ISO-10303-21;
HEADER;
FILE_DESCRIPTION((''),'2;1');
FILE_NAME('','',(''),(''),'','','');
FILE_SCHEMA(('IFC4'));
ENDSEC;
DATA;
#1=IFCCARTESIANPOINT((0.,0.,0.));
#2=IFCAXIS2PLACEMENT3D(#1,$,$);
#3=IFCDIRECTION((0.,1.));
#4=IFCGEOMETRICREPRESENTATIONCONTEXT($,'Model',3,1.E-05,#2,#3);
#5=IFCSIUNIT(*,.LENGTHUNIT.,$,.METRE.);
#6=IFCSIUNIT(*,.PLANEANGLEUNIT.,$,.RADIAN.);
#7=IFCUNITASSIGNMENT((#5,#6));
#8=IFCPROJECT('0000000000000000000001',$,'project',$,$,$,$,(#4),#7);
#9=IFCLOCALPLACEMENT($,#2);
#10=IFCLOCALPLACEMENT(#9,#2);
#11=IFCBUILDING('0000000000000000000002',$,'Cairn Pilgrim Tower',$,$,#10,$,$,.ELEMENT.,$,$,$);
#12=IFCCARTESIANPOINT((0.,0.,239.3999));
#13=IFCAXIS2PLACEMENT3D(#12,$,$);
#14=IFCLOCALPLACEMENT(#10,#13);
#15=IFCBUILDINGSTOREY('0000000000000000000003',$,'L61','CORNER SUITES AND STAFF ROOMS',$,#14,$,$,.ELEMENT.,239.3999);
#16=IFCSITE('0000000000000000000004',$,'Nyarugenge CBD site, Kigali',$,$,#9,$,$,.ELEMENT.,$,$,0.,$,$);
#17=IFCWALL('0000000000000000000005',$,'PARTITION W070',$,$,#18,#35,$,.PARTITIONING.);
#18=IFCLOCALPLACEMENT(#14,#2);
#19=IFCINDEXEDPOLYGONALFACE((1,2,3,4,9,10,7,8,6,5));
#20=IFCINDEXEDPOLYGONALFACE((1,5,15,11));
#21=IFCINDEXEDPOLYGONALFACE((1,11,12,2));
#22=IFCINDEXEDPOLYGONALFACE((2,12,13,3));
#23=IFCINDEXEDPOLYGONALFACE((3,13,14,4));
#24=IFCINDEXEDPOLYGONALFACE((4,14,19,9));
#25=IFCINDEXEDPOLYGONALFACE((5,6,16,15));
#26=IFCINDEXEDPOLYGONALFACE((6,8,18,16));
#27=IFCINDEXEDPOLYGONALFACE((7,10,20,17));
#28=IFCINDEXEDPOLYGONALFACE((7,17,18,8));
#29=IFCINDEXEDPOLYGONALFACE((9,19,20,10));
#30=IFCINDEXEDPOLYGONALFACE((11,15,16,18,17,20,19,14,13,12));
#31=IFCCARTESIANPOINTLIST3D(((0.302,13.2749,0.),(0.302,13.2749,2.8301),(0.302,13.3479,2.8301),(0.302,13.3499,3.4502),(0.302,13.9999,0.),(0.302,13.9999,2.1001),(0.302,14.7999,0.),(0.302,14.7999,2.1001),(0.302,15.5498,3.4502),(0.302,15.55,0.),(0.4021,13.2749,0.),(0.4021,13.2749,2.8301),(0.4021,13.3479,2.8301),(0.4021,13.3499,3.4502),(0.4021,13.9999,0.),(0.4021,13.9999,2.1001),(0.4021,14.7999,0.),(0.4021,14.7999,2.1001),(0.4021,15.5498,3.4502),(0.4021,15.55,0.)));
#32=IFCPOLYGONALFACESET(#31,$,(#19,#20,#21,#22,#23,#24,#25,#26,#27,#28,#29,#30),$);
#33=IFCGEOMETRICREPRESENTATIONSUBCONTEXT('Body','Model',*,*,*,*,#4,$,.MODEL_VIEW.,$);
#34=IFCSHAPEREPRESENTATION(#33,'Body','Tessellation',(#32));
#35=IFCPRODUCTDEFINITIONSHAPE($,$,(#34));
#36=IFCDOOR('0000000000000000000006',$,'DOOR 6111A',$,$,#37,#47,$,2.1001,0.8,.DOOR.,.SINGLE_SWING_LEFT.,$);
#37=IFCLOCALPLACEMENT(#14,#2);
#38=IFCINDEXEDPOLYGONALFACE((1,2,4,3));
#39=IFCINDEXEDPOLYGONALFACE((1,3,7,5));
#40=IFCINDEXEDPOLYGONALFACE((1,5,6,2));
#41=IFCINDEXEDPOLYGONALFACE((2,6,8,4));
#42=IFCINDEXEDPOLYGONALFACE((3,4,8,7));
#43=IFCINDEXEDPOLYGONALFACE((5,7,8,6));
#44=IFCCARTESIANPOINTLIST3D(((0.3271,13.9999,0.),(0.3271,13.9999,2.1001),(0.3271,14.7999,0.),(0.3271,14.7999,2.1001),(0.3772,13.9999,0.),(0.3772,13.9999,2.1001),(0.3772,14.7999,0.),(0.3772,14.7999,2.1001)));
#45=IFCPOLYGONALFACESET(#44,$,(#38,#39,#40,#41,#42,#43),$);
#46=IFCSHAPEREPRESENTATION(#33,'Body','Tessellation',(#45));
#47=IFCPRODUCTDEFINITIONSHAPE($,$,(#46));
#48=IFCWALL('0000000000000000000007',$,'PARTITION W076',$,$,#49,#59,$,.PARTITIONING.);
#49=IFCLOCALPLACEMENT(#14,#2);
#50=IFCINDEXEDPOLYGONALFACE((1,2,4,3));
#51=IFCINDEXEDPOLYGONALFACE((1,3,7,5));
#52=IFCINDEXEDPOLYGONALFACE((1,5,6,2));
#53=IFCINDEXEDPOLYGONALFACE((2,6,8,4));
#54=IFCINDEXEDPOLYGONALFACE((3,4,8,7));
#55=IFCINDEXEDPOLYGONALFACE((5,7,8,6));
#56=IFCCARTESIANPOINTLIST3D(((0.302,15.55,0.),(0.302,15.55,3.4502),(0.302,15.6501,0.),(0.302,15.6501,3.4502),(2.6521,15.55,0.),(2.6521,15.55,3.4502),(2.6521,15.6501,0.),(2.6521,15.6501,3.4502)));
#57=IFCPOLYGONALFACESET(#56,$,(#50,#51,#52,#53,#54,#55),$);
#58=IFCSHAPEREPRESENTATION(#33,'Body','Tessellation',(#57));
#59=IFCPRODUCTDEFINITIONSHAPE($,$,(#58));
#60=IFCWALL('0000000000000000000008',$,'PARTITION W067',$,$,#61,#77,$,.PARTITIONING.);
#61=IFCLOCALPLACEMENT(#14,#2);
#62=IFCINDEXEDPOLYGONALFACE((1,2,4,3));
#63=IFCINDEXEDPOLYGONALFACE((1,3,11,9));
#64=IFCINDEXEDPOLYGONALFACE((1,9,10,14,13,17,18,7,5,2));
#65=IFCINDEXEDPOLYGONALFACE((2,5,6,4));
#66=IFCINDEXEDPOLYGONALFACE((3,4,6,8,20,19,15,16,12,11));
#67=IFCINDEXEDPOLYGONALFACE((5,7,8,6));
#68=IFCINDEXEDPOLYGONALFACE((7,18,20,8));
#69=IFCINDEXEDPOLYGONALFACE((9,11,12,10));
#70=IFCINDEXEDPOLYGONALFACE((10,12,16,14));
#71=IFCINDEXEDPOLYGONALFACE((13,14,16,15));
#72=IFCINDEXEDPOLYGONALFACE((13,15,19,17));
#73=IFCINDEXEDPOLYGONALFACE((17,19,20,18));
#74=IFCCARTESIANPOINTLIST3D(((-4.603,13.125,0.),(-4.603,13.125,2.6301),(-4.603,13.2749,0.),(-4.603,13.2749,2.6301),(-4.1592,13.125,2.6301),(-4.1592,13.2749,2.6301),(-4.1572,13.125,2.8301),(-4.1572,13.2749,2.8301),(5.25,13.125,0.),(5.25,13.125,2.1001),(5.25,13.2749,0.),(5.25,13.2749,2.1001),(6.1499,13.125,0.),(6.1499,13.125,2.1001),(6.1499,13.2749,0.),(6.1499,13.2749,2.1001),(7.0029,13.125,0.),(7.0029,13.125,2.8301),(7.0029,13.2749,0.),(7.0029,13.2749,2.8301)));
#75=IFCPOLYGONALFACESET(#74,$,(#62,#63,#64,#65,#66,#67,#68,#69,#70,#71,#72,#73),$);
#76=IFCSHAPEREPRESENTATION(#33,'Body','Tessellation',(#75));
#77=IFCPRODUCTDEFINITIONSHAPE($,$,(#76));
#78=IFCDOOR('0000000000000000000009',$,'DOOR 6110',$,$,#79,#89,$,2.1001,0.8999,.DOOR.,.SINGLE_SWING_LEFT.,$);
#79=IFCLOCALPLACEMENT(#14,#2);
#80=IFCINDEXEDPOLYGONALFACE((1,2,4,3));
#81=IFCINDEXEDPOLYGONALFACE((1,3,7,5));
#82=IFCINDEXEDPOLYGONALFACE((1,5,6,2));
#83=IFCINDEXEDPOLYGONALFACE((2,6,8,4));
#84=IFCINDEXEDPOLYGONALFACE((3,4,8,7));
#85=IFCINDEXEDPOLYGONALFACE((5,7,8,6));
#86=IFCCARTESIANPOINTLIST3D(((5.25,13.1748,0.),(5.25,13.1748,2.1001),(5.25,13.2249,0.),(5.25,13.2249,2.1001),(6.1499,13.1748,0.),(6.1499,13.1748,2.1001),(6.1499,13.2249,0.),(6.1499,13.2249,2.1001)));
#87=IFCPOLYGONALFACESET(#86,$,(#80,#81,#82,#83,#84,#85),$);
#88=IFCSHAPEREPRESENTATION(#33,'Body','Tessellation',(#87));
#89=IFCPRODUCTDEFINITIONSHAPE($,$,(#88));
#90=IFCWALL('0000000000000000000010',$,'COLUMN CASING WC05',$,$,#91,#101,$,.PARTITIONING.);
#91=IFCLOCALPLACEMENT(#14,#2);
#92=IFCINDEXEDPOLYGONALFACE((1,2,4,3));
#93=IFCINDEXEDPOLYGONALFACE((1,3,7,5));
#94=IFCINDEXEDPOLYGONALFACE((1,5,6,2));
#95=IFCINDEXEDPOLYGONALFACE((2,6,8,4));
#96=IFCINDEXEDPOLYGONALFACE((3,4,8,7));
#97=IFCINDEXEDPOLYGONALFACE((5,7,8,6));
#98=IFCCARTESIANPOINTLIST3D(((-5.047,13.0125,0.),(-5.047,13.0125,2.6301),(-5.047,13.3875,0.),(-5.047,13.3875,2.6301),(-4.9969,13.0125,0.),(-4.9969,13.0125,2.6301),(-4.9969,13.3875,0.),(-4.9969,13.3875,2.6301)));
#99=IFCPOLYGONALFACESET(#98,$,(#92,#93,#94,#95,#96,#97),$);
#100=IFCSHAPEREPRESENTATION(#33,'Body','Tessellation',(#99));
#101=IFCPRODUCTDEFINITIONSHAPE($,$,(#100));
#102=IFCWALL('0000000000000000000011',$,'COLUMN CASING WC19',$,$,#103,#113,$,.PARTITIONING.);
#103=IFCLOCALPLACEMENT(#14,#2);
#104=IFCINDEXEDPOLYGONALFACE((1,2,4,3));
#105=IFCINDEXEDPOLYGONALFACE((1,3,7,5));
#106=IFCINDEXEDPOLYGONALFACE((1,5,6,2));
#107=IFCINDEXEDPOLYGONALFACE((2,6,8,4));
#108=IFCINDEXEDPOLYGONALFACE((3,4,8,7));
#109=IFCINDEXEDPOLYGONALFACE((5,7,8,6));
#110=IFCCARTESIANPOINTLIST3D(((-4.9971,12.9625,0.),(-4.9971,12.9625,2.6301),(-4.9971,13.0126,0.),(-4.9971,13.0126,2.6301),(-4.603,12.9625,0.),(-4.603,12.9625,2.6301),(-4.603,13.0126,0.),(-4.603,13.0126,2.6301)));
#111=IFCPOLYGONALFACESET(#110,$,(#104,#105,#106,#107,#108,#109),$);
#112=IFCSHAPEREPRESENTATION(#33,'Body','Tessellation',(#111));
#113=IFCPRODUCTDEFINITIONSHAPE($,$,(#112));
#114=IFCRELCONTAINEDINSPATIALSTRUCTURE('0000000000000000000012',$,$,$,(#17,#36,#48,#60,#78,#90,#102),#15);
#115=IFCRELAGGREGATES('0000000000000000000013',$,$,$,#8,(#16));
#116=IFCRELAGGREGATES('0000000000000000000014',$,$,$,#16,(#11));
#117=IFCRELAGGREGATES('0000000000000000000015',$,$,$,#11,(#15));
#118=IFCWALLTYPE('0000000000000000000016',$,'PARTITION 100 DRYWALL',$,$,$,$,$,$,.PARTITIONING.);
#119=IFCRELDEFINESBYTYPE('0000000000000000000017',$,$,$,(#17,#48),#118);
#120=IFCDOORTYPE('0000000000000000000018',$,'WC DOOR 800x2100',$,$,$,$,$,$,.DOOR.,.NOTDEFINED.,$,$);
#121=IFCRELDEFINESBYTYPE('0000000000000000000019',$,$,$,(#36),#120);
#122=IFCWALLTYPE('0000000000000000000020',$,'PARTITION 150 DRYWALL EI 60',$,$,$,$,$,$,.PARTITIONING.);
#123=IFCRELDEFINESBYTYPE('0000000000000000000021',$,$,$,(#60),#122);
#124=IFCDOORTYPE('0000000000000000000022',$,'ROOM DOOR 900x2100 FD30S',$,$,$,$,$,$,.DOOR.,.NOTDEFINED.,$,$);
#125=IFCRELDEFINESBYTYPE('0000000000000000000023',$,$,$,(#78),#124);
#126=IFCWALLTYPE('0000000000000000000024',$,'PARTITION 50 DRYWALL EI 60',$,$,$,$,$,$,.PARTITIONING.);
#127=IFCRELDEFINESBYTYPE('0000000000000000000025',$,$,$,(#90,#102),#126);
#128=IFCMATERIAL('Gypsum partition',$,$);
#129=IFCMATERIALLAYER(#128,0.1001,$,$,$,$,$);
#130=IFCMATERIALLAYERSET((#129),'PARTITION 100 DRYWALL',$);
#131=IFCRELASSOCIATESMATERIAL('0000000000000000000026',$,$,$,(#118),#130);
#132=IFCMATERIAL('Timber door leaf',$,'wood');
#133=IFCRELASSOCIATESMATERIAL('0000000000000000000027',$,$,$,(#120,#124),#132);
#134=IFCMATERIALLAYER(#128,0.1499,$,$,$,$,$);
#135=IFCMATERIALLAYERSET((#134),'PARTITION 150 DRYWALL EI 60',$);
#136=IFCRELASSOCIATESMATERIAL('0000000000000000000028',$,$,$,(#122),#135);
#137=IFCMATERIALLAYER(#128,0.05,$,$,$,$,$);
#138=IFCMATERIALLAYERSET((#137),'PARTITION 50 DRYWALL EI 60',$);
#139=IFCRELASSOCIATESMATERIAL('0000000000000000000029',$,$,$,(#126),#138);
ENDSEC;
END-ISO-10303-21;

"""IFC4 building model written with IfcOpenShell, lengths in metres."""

from ifc_helpers import new_model, si_unit, direction, frame, frame_2d, origin, place, context, subcontext, project, spatial, polyline, rectangle, outline, extrude, material, layer, layer_set, type_object, element, fill, save


model = new_model("IFC4")

# Units and contexts
model_context = context("Model", 3, precision=1e-05, world=origin(), true_north=direction((0.0, 1.0)))
body_context = subcontext(model_context, "Body", "Model", "MODEL_VIEW")
ifc_project = project(units=[si_unit("LENGTHUNIT", "METRE"), si_unit("PLANEANGLEUNIT", "RADIAN")], contexts=[model_context])

# Site, building, storey
site_placement = place(None, origin())
site = spatial("IfcSite", under=ifc_project, at=site_placement, Name="Nyarugenge CBD site, Kigali", CompositionType="ELEMENT", RefElevation=0.0)
building_placement = place(site_placement, origin())
building = spatial("IfcBuilding", under=site, at=building_placement, Name="Cairn Pilgrim Tower", CompositionType="ELEMENT")
storey_placement = place(building_placement, frame((0.0, 0.0, 239.3999)))
storey = spatial("IfcBuildingStorey", under=building, at=storey_placement, Name="L61", Description="CORNER SUITES AND STAFF ROOMS", CompositionType="ELEMENT", Elevation=239.3999)

# Wall, opening, door
ifc_material_1 = material(Name="Gypsum partition")
ifc_layer_1 = layer(ifc_material_1, 0.1001)
ifc_layer_set_1 = layer_set([ifc_layer_1], Name="PARTITION 100 DRYWALL")
wall_type_1 = type_object("IfcWallType", Name="PARTITION 100 DRYWALL", PredefinedType="PARTITIONING", material=ifc_layer_set_1)
wall_1_placement = place(storey_placement, frame((0.3521, 13.2749, 0.0), z_axis=(0.0, 0.0, 1.0), x_axis=(0.0, 1.0, 0.0)))
wall_1 = element("IfcWall", 1, at=wall_1_placement, inside=storey, type_object=wall_type_1, Name="PARTITION W070", PredefinedType="PARTITIONING", context=body_context, shape_type="SweptSolid", body=[
    extrude(outline(polyline([(0.0, 0.0), (2.2751, 0.0), (2.2749, 3.4502), (0.075, 3.4502), (0.073, 2.8301), (0.0, 2.8301), (0.0, 0.0)])), frame((0.0, 0.05, 0.0), z_axis=(0.0, -1.0, 0.0), x_axis=(1.0, 0.0, 0.0)), (0.0, 0.0, 1.0), 0.1001),
])
opening_1_placement = place(wall_1_placement, frame((0.7251, 0.0, 0.0)))
opening_1 = element("IfcOpeningElement", 2, at=opening_1_placement, cuts=wall_1, PredefinedType="OPENING", context=body_context, shape_type="SweptSolid", body=[
    extrude(rectangle(XDim=0.8, YDim=2.1001, at=frame_2d((0.3999, 1.05))), frame((0.0, 0.0601, 0.0), z_axis=(0.0, -1.0, 0.0), x_axis=(1.0, 0.0, 0.0)), (0.0, 0.0, 1.0), 0.1201),
])
ifc_material_2 = material(Name="Timber door leaf", Category="wood")
door_type_1 = type_object("IfcDoorType", Name="WC DOOR 800x2100", OperationType="NOTDEFINED", PredefinedType="DOOR", material=ifc_material_2)
door_1_placement = place(opening_1_placement, origin())
door_1 = element("IfcDoor", 3, at=door_1_placement, inside=storey, type_object=door_type_1, Name="DOOR 6111A", OperationType="SINGLE_SWING_LEFT", OverallHeight=2.1001, OverallWidth=0.8, PredefinedType="DOOR", context=body_context, shape_type="SweptSolid", body=[
    extrude(rectangle(XDim=0.8, YDim=2.1001, at=frame_2d((0.3999, 1.05))), frame((0.0, 0.0249, 0.0), z_axis=(0.0, -1.0, 0.0), x_axis=(1.0, 0.0, 0.0)), (0.0, 0.0, 1.0), 0.05),
])
fill(opening_1, door_1)

# Wall
wall_2_placement = place(storey_placement, frame((0.302, 15.6001, 0.0), z_axis=(0.0, 0.0, 1.0), x_axis=(1.0, 0.0, 0.0)))
element("IfcWall", 4, at=wall_2_placement, inside=storey, type_object=wall_type_1, Name="PARTITION W076", PredefinedType="PARTITIONING", context=body_context, shape_type="SweptSolid", body=[
    extrude(rectangle(XDim=2.3501, YDim=0.1001, at=frame_2d((1.175, 0.0))), origin(), (0.0, 0.0, 1.0), 3.4502),
])

# Wall, opening, door
ifc_layer_2 = layer(ifc_material_1, 0.1499)
ifc_layer_set_2 = layer_set([ifc_layer_2], Name="PARTITION 150 DRYWALL EI 60")
wall_type_2 = type_object("IfcWallType", Name="PARTITION 150 DRYWALL EI 60", PredefinedType="PARTITIONING", material=ifc_layer_set_2)
wall_3_placement = place(storey_placement, frame((-4.603, 13.2, 0.0), z_axis=(0.0, 0.0, 1.0), x_axis=(1.0, 0.0, 0.0)))
wall_3 = element("IfcWall", 5, at=wall_3_placement, inside=storey, type_object=wall_type_2, Name="PARTITION W067", PredefinedType="PARTITIONING", context=body_context, shape_type="SweptSolid", body=[
    extrude(outline(polyline([(0.0, 0.0), (11.606, 0.0), (11.606, 2.8301), (0.4458, 2.8301), (0.4438, 2.6301), (0.0, 2.6301), (0.0, 0.0)])), frame((0.0, 0.075, 0.0), z_axis=(0.0, -1.0, 0.0), x_axis=(1.0, 0.0, 0.0)), (0.0, 0.0, 1.0), 0.1499),
])
opening_2_placement = place(wall_3_placement, frame((9.853, 0.0, 0.0)))
opening_2 = element("IfcOpeningElement", 6, at=opening_2_placement, cuts=wall_3, PredefinedType="OPENING", context=body_context, shape_type="SweptSolid", body=[
    extrude(rectangle(XDim=0.8999, YDim=2.1001, at=frame_2d((0.45, 1.05))), frame((0.0, 0.085, 0.0), z_axis=(0.0, -1.0, 0.0), x_axis=(1.0, 0.0, 0.0)), (0.0, 0.0, 1.0), 0.1699),
])
door_type_2 = type_object("IfcDoorType", Name="ROOM DOOR 900x2100 FD30S", OperationType="NOTDEFINED", PredefinedType="DOOR", material=ifc_material_2)
door_2_placement = place(opening_2_placement, origin())
door_2 = element("IfcDoor", 7, at=door_2_placement, inside=storey, type_object=door_type_2, Name="DOOR 6110", OperationType="SINGLE_SWING_LEFT", OverallHeight=2.1001, OverallWidth=0.8999, PredefinedType="DOOR", context=body_context, shape_type="SweptSolid", body=[
    extrude(rectangle(XDim=0.8999, YDim=2.1001, at=frame_2d((0.45, 1.05))), frame((0.0, 0.0249, 0.0), z_axis=(0.0, -1.0, 0.0), x_axis=(1.0, 0.0, 0.0)), (0.0, 0.0, 1.0), 0.05),
])
fill(opening_2, door_2)

# Walls
ifc_layer_3 = layer(ifc_material_1, 0.05)
ifc_layer_set_3 = layer_set([ifc_layer_3], Name="PARTITION 50 DRYWALL EI 60")
wall_type_3 = type_object("IfcWallType", Name="PARTITION 50 DRYWALL EI 60", PredefinedType="PARTITIONING", material=ifc_layer_set_3)
wall_4_placement = place(storey_placement, frame((-5.022, 13.0125, 0.0), z_axis=(0.0, 0.0, 1.0), x_axis=(0.0, 1.0, 0.0)))
element("IfcWall", 8, at=wall_4_placement, inside=storey, type_object=wall_type_3, Name="COLUMN CASING WC05", PredefinedType="PARTITIONING", context=body_context, shape_type="SweptSolid", body=[
    extrude(rectangle(XDim=0.375, YDim=0.05, at=frame_2d((0.1875, 0.0))), origin(), (0.0, 0.0, 1.0), 2.6301),
])
wall_5_placement = place(storey_placement, frame((-4.9971, 12.9875, 0.0), z_axis=(0.0, 0.0, 1.0), x_axis=(1.0, 0.0, 0.0)))
element("IfcWall", 9, at=wall_5_placement, inside=storey, type_object=wall_type_3, Name="COLUMN CASING WC19", PredefinedType="PARTITIONING", context=body_context, shape_type="SweptSolid", body=[
    extrude(rectangle(XDim=0.394, YDim=0.05, at=frame_2d((0.197, 0.0))), origin(), (0.0, 0.0, 1.0), 2.6301),
])

save(model, "model.ifc")
